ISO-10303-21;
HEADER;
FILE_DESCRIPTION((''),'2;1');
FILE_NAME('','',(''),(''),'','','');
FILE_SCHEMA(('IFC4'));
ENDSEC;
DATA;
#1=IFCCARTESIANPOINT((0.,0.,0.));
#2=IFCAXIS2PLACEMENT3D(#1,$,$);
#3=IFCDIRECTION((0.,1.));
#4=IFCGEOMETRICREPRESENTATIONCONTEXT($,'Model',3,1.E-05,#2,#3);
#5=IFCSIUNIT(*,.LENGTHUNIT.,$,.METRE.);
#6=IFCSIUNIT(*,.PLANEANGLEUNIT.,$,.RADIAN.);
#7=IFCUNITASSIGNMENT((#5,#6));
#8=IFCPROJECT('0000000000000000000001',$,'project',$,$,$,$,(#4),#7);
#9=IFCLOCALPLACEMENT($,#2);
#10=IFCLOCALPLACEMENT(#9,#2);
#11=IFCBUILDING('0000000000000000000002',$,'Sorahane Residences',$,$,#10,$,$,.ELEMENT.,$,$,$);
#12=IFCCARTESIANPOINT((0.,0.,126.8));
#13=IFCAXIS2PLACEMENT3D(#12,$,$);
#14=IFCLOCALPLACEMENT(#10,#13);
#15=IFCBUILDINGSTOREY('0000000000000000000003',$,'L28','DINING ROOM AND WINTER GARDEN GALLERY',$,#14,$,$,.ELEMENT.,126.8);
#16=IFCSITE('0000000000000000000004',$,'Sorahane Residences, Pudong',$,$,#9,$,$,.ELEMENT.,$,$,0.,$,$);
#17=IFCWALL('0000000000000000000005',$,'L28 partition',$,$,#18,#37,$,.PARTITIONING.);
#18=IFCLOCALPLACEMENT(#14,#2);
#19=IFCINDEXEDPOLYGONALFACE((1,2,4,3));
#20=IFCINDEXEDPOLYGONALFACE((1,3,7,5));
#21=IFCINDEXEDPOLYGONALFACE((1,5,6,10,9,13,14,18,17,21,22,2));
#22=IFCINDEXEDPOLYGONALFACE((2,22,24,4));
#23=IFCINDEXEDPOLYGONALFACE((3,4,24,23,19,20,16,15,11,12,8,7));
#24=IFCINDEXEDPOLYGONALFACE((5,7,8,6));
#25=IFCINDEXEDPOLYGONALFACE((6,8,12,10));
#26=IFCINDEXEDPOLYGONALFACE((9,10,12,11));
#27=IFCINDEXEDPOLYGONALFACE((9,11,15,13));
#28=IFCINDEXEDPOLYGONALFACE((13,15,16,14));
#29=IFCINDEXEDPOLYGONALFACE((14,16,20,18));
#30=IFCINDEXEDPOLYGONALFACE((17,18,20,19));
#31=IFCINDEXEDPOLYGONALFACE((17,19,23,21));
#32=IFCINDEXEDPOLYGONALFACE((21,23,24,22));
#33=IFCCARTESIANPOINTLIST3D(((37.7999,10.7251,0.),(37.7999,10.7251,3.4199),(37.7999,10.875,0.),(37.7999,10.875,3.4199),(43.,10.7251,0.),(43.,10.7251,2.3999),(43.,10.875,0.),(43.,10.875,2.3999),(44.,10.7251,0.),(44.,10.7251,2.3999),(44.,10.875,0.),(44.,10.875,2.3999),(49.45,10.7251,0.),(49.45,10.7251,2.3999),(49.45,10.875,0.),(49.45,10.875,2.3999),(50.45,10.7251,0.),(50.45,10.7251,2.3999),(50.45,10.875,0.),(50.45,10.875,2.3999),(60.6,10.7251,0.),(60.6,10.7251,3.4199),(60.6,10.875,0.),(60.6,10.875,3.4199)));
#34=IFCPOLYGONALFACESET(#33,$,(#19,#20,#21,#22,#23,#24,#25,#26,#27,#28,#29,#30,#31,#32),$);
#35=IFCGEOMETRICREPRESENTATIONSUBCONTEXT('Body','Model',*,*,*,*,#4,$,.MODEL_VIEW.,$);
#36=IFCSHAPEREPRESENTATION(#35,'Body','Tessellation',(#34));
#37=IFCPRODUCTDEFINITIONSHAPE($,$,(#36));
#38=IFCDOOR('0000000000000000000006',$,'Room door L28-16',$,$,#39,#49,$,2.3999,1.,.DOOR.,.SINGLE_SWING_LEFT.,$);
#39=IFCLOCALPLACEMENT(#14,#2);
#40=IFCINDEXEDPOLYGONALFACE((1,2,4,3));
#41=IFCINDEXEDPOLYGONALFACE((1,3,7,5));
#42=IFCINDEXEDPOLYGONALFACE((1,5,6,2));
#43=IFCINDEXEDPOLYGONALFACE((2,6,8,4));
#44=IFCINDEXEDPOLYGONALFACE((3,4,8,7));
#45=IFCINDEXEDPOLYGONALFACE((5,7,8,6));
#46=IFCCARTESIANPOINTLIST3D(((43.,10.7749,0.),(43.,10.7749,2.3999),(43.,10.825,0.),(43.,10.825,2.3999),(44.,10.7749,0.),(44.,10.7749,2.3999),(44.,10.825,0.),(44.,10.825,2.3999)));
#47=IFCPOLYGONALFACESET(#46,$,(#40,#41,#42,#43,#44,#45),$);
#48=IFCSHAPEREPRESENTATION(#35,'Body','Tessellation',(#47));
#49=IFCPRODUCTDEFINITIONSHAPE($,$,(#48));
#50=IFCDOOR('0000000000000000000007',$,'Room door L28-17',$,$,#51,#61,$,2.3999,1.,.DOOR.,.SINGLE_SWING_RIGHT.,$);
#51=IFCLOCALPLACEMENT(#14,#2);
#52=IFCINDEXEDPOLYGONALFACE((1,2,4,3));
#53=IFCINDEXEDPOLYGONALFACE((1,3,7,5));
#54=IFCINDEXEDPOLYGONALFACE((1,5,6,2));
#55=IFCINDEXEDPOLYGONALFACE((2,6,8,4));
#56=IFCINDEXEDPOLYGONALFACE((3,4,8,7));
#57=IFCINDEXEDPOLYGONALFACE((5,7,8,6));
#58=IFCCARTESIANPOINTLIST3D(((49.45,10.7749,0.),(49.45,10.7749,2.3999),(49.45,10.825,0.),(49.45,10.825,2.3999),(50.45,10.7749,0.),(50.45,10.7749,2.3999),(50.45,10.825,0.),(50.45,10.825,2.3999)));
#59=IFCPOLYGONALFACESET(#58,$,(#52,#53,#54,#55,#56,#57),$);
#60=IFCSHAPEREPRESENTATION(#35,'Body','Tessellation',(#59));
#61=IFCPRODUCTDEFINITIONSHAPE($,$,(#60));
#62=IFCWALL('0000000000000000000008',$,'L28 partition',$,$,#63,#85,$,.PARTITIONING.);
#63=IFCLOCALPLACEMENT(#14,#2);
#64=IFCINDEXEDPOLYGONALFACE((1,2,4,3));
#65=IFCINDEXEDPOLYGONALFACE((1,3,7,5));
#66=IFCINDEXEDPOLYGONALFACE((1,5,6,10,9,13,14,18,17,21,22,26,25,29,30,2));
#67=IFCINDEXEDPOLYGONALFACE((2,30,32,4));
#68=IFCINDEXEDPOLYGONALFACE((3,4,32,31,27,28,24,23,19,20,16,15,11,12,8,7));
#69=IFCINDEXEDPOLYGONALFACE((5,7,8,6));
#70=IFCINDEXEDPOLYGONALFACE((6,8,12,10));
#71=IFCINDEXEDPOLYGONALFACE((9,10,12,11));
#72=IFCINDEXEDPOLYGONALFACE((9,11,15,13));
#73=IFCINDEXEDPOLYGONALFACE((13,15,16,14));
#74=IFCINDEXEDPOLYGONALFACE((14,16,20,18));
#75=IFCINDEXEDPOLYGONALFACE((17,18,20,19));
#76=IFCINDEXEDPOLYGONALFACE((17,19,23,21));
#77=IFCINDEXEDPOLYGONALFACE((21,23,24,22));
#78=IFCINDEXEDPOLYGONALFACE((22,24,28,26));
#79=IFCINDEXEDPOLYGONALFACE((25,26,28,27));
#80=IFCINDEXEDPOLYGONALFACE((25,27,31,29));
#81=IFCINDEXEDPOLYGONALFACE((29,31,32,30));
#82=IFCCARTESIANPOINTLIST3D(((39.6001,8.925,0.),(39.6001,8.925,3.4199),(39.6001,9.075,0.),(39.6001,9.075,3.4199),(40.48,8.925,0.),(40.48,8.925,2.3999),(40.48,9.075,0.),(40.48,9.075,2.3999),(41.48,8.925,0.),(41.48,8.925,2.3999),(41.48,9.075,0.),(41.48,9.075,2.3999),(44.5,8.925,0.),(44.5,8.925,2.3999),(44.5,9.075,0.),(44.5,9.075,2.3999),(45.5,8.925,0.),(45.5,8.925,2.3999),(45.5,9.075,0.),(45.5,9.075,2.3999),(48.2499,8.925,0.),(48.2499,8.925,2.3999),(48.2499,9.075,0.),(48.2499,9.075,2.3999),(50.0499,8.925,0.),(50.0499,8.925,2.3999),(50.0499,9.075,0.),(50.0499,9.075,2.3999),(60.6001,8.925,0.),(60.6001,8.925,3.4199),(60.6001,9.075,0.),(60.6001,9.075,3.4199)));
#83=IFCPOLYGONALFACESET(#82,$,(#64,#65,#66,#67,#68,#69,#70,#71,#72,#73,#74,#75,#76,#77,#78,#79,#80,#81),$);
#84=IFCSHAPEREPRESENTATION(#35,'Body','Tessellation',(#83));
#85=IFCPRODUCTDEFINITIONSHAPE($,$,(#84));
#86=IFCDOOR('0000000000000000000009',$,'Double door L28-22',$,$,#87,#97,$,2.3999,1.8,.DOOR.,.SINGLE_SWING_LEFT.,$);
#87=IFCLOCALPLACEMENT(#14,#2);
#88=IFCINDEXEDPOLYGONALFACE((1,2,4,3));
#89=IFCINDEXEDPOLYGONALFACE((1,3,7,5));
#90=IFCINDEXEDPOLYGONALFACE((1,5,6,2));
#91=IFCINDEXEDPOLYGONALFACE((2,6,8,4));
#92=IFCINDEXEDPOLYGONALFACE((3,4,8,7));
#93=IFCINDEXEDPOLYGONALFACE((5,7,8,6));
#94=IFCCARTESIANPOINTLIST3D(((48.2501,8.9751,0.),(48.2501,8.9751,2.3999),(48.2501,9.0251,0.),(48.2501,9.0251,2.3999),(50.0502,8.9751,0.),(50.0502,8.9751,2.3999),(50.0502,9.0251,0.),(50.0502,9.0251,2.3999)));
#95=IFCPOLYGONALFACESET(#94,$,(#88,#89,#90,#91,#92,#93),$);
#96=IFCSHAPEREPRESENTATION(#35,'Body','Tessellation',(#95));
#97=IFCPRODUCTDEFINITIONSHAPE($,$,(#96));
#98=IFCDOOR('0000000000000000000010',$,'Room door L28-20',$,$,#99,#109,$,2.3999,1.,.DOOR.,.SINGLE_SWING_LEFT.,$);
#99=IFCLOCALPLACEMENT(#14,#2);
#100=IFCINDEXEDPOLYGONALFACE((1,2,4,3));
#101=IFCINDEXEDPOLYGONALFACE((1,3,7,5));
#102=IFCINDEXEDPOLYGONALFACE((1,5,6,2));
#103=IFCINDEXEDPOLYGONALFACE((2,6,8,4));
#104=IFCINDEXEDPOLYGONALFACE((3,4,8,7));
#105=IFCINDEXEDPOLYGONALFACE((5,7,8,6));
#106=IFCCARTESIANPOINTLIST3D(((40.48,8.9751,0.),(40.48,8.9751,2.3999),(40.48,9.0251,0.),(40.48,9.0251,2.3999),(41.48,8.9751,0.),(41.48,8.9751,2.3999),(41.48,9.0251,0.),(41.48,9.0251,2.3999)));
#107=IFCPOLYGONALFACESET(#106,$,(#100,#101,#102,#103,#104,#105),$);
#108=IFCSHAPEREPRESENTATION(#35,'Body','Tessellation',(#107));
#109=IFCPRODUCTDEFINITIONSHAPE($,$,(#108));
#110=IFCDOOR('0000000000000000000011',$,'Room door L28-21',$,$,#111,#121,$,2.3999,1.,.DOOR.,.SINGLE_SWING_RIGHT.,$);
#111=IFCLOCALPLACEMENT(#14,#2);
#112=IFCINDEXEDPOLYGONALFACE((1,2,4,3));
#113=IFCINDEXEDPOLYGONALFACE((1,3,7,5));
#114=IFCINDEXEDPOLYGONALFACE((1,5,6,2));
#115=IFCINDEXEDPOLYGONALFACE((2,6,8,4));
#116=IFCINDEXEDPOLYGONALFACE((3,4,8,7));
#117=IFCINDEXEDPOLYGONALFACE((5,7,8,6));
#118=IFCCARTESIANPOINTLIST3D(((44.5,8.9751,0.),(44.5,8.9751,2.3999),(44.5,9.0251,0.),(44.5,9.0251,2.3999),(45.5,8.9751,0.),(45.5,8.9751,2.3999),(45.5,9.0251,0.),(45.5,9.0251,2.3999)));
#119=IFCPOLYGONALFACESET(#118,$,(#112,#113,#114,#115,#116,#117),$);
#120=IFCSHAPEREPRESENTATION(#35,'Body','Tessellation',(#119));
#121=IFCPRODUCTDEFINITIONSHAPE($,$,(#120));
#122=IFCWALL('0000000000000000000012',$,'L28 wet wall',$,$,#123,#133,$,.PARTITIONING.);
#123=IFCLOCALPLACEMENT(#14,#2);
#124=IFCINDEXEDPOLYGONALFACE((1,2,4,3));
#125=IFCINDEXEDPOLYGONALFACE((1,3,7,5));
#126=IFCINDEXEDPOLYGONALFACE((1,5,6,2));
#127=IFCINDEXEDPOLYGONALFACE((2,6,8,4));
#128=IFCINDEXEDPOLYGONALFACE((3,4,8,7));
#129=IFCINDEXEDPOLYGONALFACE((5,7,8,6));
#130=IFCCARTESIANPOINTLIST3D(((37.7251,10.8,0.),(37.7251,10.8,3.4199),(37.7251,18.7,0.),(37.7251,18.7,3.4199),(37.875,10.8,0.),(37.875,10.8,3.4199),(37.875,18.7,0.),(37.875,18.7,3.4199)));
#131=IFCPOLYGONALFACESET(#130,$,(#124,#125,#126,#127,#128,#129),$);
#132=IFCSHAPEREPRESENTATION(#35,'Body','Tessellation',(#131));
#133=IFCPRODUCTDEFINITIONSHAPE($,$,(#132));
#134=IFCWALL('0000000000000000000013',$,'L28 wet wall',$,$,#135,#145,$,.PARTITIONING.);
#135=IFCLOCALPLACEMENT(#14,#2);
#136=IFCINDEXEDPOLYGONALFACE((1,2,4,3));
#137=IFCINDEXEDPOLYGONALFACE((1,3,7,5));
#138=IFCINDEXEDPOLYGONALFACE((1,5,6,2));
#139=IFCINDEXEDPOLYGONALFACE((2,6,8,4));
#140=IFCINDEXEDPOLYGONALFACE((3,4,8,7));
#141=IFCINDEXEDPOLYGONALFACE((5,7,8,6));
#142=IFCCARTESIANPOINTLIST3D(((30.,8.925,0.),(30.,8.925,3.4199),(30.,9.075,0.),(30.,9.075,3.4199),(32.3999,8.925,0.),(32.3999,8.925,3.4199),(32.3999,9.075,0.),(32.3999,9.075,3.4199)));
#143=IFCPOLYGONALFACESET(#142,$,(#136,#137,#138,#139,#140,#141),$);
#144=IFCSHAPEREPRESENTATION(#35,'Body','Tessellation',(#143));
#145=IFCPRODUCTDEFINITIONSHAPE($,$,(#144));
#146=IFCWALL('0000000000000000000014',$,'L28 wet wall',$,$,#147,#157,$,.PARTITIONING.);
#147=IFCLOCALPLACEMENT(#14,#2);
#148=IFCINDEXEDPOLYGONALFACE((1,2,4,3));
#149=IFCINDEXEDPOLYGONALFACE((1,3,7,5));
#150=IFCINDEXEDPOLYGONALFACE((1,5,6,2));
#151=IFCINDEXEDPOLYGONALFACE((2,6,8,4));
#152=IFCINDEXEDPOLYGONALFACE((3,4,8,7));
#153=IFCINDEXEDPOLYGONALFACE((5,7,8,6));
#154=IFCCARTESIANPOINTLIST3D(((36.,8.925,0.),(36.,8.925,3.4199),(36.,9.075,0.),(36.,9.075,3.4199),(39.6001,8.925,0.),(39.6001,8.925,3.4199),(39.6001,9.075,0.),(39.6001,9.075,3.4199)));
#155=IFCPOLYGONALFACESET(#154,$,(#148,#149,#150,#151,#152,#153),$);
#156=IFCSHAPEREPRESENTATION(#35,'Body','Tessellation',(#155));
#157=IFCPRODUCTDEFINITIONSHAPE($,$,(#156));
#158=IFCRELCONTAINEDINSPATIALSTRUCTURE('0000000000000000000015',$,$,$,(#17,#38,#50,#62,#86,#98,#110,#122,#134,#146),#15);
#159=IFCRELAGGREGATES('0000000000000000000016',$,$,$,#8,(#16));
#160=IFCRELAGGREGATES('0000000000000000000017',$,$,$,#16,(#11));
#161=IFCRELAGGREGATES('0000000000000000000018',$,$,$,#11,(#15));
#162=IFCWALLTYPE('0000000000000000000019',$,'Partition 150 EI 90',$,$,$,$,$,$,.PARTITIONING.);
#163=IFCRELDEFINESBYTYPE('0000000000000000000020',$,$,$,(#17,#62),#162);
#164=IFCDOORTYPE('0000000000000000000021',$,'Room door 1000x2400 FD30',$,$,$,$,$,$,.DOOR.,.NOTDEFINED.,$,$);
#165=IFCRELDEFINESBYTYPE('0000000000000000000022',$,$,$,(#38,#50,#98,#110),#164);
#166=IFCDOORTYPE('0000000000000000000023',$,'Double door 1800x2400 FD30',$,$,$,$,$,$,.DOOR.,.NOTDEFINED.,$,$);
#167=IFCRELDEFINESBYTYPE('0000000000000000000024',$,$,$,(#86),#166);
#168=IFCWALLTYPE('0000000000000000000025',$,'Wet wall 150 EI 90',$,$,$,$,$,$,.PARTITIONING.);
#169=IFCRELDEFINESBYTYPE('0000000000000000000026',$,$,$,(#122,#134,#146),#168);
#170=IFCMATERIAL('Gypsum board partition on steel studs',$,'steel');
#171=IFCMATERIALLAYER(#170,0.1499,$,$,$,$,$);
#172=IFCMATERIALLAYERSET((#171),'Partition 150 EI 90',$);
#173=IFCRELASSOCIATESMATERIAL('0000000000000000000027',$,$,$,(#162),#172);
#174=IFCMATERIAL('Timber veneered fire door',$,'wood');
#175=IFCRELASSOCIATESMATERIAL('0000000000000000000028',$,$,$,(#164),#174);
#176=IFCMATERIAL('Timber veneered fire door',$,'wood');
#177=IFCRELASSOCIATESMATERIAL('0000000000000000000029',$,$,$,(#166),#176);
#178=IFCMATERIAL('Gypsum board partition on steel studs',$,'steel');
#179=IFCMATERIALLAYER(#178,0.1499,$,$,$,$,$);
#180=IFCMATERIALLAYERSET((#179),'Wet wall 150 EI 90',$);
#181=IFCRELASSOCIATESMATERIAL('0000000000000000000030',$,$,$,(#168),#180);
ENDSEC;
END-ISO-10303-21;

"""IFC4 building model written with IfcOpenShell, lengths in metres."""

from ifc_helpers import new_model, si_unit, direction, frame, frame_2d, origin, place, context, subcontext, project, spatial, rectangle, extrude, material, layer, layer_set, type_object, element, fill, save


model = new_model("IFC4")

# Units and contexts
model_context = context("Model", 3, precision=1e-05, world=origin(), true_north=direction((0.0, 1.0)))
body_context = subcontext(model_context, "Body", "Model", "MODEL_VIEW")
ifc_project = project(units=[si_unit("LENGTHUNIT", "METRE"), si_unit("PLANEANGLEUNIT", "RADIAN")], contexts=[model_context])

# Site, building, storey
site_placement = place(None, origin())
site = spatial("IfcSite", under=ifc_project, at=site_placement, Name="Sorahane Residences, Pudong", CompositionType="ELEMENT", RefElevation=0.0)
building_placement = place(site_placement, origin())
building = spatial("IfcBuilding", under=site, at=building_placement, Name="Sorahane Residences", CompositionType="ELEMENT")
storey_placement = place(building_placement, frame((0.0, 0.0, 126.8)))
storey = spatial("IfcBuildingStorey", under=building, at=storey_placement, Name="L28", Description="DINING ROOM AND WINTER GARDEN GALLERY", CompositionType="ELEMENT", Elevation=126.8)

# Wall, openings, doors
ifc_material_1 = material(Name="Gypsum board partition on steel studs", Category="steel")
ifc_layer_1 = layer(ifc_material_1, 0.1499)
ifc_layer_set_1 = layer_set([ifc_layer_1], Name="Partition 150 EI 90")
wall_type_1 = type_object("IfcWallType", Name="Partition 150 EI 90", PredefinedType="PARTITIONING", material=ifc_layer_set_1)
wall_1_placement = place(storey_placement, frame((37.8, 10.8, 0.0), z_axis=(0.0, 0.0, 1.0), x_axis=(1.0, 0.0, 0.0)))
wall_1 = element("IfcWall", 1, at=wall_1_placement, inside=storey, type_object=wall_type_1, Name="L28 partition", PredefinedType="PARTITIONING", context=body_context, shape_type="SweptSolid", body=[
    extrude(rectangle(XDim=22.8, YDim=0.1499, at=frame_2d((11.3999, 0.0))), origin(), (0.0, 0.0, 1.0), 3.4199),
])
opening_1_placement = place(wall_1_placement, frame((5.2, 0.0, 0.0)))
opening_1 = element("IfcOpeningElement", 2, at=opening_1_placement, cuts=wall_1, PredefinedType="OPENING", context=body_context, shape_type="SweptSolid", body=[
    extrude(rectangle(XDim=1.0, YDim=2.3999, at=frame_2d((0.5, 1.2))), frame((0.0, 0.085, 0.0), z_axis=(0.0, -1.0, 0.0), x_axis=(1.0, 0.0, 0.0)), (0.0, 0.0, 1.0), 0.1699),
])
opening_2_placement = place(wall_1_placement, frame((11.6499, 0.0, 0.0)))
opening_2 = element("IfcOpeningElement", 3, at=opening_2_placement, cuts=wall_1, PredefinedType="OPENING", context=body_context, shape_type="SweptSolid", body=[
    extrude(rectangle(XDim=1.0, YDim=2.3999, at=frame_2d((0.5, 1.2))), frame((0.0, 0.085, 0.0), z_axis=(0.0, -1.0, 0.0), x_axis=(1.0, 0.0, 0.0)), (0.0, 0.0, 1.0), 0.1699),
])
ifc_material_2 = material(Name="Timber veneered fire door", Category="wood")
door_type_1 = type_object("IfcDoorType", Name="Room door 1000x2400 FD30", OperationType="NOTDEFINED", PredefinedType="DOOR", material=ifc_material_2)
door_1_placement = place(opening_1_placement, origin())
door_1 = element("IfcDoor", 4, at=door_1_placement, inside=storey, type_object=door_type_1, Name="Room door L28-16", OperationType="SINGLE_SWING_LEFT", OverallHeight=2.3999, OverallWidth=1.0, PredefinedType="DOOR", context=body_context, shape_type="SweptSolid", body=[
    extrude(rectangle(XDim=1.0, YDim=2.3999, at=frame_2d((0.5, 1.2))), frame((0.0, 0.0249, 0.0), z_axis=(0.0, -1.0, 0.0), x_axis=(1.0, 0.0, 0.0)), (0.0, 0.0, 1.0), 0.05),
])
fill(opening_1, door_1)
door_2_placement = place(opening_2_placement, origin())
door_2 = element("IfcDoor", 5, at=door_2_placement, inside=storey, type_object=door_type_1, Name="Room door L28-17", OperationType="SINGLE_SWING_RIGHT", OverallHeight=2.3999, OverallWidth=1.0, PredefinedType="DOOR", context=body_context, shape_type="SweptSolid", body=[
    extrude(rectangle(XDim=1.0, YDim=2.3999, at=frame_2d((0.5, 1.2))), frame((0.0, 0.0249, 0.0), z_axis=(0.0, -1.0, 0.0), x_axis=(1.0, 0.0, 0.0)), (0.0, 0.0, 1.0), 0.05),
])
fill(opening_2, door_2)

# Wall, openings, doors
wall_2_placement = place(storey_placement, frame((39.6001, 9.0, 0.0), z_axis=(0.0, 0.0, 1.0), x_axis=(1.0, 0.0, 0.0)))
wall_2 = element("IfcWall", 6, at=wall_2_placement, inside=storey, type_object=wall_type_1, Name="L28 partition", PredefinedType="PARTITIONING", context=body_context, shape_type="SweptSolid", body=[
    extrude(rectangle(XDim=21.0, YDim=0.1499, at=frame_2d((10.5, 0.0))), origin(), (0.0, 0.0, 1.0), 3.4199),
])
opening_3_placement = place(wall_2_placement, frame((0.8799, 0.0, 0.0)))
opening_3 = element("IfcOpeningElement", 7, at=opening_3_placement, cuts=wall_2, PredefinedType="OPENING", context=body_context, shape_type="SweptSolid", body=[
    extrude(rectangle(XDim=1.0, YDim=2.3999, at=frame_2d((0.5, 1.2))), frame((0.0, 0.085, 0.0), z_axis=(0.0, -1.0, 0.0), x_axis=(1.0, 0.0, 0.0)), (0.0, 0.0, 1.0), 0.1699),
])
opening_4_placement = place(wall_2_placement, frame((4.8999, 0.0, 0.0)))
opening_4 = element("IfcOpeningElement", 8, at=opening_4_placement, cuts=wall_2, PredefinedType="OPENING", context=body_context, shape_type="SweptSolid", body=[
    extrude(rectangle(XDim=1.0, YDim=2.3999, at=frame_2d((0.5, 1.2))), frame((0.0, 0.085, 0.0), z_axis=(0.0, -1.0, 0.0), x_axis=(1.0, 0.0, 0.0)), (0.0, 0.0, 1.0), 0.1699),
])
opening_5_placement = place(wall_2_placement, frame((8.6499, 0.0, 0.0)))
opening_5 = element("IfcOpeningElement", 9, at=opening_5_placement, cuts=wall_2, PredefinedType="OPENING", context=body_context, shape_type="SweptSolid", body=[
    extrude(rectangle(XDim=1.8, YDim=2.3999, at=frame_2d((0.8999, 1.2))), frame((0.0, 0.085, 0.0), z_axis=(0.0, -1.0, 0.0), x_axis=(1.0, 0.0, 0.0)), (0.0, 0.0, 1.0), 0.1699),
])
ifc_material_3 = material(Name="Timber veneered fire door", Category="wood")
door_type_2 = type_object("IfcDoorType", Name="Double door 1800x2400 FD30", OperationType="NOTDEFINED", PredefinedType="DOOR", material=ifc_material_3)
door_3_placement = place(opening_5_placement, frame((1.8, 0.0, 0.0), z_axis=(0.0, 0.0, 1.0), x_axis=(-1.0, 0.0, 0.0)))
door_3 = element("IfcDoor", 10, at=door_3_placement, inside=storey, type_object=door_type_2, Name="Double door L28-22", OperationType="SINGLE_SWING_LEFT", OverallHeight=2.3999, OverallWidth=1.8, PredefinedType="DOOR", context=body_context, shape_type="SweptSolid", body=[
    extrude(rectangle(XDim=1.8, YDim=2.3999, at=frame_2d((0.8999, 1.2))), frame((0.0, 0.0249, 0.0), z_axis=(0.0, -1.0, 0.0), x_axis=(1.0, 0.0, 0.0)), (0.0, 0.0, 1.0), 0.05),
])
fill(opening_5, door_3)
door_4_placement = place(opening_3_placement, frame((1.0, 0.0, 0.0), z_axis=(0.0, 0.0, 1.0), x_axis=(-1.0, 0.0, 0.0)))
door_4 = element("IfcDoor", 11, at=door_4_placement, inside=storey, type_object=door_type_1, Name="Room door L28-20", OperationType="SINGLE_SWING_LEFT", OverallHeight=2.3999, OverallWidth=1.0, PredefinedType="DOOR", context=body_context, shape_type="SweptSolid", body=[
    extrude(rectangle(XDim=1.0, YDim=2.3999, at=frame_2d((0.5, 1.2))), frame((0.0, 0.0249, 0.0), z_axis=(0.0, -1.0, 0.0), x_axis=(1.0, 0.0, 0.0)), (0.0, 0.0, 1.0), 0.05),
])
fill(opening_3, door_4)
door_5_placement = place(opening_4_placement, frame((1.0, 0.0, 0.0), z_axis=(0.0, 0.0, 1.0), x_axis=(-1.0, 0.0, 0.0)))
door_5 = element("IfcDoor", 12, at=door_5_placement, inside=storey, type_object=door_type_1, Name="Room door L28-21", OperationType="SINGLE_SWING_RIGHT", OverallHeight=2.3999, OverallWidth=1.0, PredefinedType="DOOR", context=body_context, shape_type="SweptSolid", body=[
    extrude(rectangle(XDim=1.0, YDim=2.3999, at=frame_2d((0.5, 1.2))), frame((0.0, 0.0249, 0.0), z_axis=(0.0, -1.0, 0.0), x_axis=(1.0, 0.0, 0.0)), (0.0, 0.0, 1.0), 0.05),
])
fill(opening_4, door_5)

# Wall
ifc_material_4 = material(Name="Gypsum board partition on steel studs", Category="steel")
ifc_layer_2 = layer(ifc_material_4, 0.1499)
ifc_layer_set_2 = layer_set([ifc_layer_2], Name="Wet wall 150 EI 90")
wall_type_2 = type_object("IfcWallType", Name="Wet wall 150 EI 90", PredefinedType="PARTITIONING", material=ifc_layer_set_2)
wall_3_placement = place(storey_placement, frame((37.8, 10.8, 0.0), z_axis=(0.0, 0.0, 1.0), x_axis=(0.0, 1.0, 0.0)))
element("IfcWall", 13, at=wall_3_placement, inside=storey, type_object=wall_type_2, Name="L28 wet wall", PredefinedType="PARTITIONING", context=body_context, shape_type="SweptSolid", body=[
    extrude(rectangle(XDim=7.8999, YDim=0.1499, at=frame_2d((3.95, 0.0))), origin(), (0.0, 0.0, 1.0), 3.4199),
])

# Walls
wall_4_placement = place(storey_placement, frame((30.0, 9.0, 0.0), z_axis=(0.0, 0.0, 1.0), x_axis=(1.0, 0.0, 0.0)))
element("IfcWall", 14, at=wall_4_placement, inside=storey, type_object=wall_type_2, Name="L28 wet wall", PredefinedType="PARTITIONING", context=body_context, shape_type="SweptSolid", body=[
    extrude(rectangle(XDim=2.3999, YDim=0.1499, at=frame_2d((1.2, 0.0))), origin(), (0.0, 0.0, 1.0), 3.4199),
])
wall_5_placement = place(storey_placement, frame((36.0, 9.0, 0.0), z_axis=(0.0, 0.0, 1.0), x_axis=(1.0, 0.0, 0.0)))
element("IfcWall", 15, at=wall_5_placement, inside=storey, type_object=wall_type_2, Name="L28 wet wall", PredefinedType="PARTITIONING", context=body_context, shape_type="SweptSolid", body=[
    extrude(rectangle(XDim=3.6001, YDim=0.1499, at=frame_2d((1.8, 0.0))), origin(), (0.0, 0.0, 1.0), 3.4199),
])

save(model, "model.ifc")
